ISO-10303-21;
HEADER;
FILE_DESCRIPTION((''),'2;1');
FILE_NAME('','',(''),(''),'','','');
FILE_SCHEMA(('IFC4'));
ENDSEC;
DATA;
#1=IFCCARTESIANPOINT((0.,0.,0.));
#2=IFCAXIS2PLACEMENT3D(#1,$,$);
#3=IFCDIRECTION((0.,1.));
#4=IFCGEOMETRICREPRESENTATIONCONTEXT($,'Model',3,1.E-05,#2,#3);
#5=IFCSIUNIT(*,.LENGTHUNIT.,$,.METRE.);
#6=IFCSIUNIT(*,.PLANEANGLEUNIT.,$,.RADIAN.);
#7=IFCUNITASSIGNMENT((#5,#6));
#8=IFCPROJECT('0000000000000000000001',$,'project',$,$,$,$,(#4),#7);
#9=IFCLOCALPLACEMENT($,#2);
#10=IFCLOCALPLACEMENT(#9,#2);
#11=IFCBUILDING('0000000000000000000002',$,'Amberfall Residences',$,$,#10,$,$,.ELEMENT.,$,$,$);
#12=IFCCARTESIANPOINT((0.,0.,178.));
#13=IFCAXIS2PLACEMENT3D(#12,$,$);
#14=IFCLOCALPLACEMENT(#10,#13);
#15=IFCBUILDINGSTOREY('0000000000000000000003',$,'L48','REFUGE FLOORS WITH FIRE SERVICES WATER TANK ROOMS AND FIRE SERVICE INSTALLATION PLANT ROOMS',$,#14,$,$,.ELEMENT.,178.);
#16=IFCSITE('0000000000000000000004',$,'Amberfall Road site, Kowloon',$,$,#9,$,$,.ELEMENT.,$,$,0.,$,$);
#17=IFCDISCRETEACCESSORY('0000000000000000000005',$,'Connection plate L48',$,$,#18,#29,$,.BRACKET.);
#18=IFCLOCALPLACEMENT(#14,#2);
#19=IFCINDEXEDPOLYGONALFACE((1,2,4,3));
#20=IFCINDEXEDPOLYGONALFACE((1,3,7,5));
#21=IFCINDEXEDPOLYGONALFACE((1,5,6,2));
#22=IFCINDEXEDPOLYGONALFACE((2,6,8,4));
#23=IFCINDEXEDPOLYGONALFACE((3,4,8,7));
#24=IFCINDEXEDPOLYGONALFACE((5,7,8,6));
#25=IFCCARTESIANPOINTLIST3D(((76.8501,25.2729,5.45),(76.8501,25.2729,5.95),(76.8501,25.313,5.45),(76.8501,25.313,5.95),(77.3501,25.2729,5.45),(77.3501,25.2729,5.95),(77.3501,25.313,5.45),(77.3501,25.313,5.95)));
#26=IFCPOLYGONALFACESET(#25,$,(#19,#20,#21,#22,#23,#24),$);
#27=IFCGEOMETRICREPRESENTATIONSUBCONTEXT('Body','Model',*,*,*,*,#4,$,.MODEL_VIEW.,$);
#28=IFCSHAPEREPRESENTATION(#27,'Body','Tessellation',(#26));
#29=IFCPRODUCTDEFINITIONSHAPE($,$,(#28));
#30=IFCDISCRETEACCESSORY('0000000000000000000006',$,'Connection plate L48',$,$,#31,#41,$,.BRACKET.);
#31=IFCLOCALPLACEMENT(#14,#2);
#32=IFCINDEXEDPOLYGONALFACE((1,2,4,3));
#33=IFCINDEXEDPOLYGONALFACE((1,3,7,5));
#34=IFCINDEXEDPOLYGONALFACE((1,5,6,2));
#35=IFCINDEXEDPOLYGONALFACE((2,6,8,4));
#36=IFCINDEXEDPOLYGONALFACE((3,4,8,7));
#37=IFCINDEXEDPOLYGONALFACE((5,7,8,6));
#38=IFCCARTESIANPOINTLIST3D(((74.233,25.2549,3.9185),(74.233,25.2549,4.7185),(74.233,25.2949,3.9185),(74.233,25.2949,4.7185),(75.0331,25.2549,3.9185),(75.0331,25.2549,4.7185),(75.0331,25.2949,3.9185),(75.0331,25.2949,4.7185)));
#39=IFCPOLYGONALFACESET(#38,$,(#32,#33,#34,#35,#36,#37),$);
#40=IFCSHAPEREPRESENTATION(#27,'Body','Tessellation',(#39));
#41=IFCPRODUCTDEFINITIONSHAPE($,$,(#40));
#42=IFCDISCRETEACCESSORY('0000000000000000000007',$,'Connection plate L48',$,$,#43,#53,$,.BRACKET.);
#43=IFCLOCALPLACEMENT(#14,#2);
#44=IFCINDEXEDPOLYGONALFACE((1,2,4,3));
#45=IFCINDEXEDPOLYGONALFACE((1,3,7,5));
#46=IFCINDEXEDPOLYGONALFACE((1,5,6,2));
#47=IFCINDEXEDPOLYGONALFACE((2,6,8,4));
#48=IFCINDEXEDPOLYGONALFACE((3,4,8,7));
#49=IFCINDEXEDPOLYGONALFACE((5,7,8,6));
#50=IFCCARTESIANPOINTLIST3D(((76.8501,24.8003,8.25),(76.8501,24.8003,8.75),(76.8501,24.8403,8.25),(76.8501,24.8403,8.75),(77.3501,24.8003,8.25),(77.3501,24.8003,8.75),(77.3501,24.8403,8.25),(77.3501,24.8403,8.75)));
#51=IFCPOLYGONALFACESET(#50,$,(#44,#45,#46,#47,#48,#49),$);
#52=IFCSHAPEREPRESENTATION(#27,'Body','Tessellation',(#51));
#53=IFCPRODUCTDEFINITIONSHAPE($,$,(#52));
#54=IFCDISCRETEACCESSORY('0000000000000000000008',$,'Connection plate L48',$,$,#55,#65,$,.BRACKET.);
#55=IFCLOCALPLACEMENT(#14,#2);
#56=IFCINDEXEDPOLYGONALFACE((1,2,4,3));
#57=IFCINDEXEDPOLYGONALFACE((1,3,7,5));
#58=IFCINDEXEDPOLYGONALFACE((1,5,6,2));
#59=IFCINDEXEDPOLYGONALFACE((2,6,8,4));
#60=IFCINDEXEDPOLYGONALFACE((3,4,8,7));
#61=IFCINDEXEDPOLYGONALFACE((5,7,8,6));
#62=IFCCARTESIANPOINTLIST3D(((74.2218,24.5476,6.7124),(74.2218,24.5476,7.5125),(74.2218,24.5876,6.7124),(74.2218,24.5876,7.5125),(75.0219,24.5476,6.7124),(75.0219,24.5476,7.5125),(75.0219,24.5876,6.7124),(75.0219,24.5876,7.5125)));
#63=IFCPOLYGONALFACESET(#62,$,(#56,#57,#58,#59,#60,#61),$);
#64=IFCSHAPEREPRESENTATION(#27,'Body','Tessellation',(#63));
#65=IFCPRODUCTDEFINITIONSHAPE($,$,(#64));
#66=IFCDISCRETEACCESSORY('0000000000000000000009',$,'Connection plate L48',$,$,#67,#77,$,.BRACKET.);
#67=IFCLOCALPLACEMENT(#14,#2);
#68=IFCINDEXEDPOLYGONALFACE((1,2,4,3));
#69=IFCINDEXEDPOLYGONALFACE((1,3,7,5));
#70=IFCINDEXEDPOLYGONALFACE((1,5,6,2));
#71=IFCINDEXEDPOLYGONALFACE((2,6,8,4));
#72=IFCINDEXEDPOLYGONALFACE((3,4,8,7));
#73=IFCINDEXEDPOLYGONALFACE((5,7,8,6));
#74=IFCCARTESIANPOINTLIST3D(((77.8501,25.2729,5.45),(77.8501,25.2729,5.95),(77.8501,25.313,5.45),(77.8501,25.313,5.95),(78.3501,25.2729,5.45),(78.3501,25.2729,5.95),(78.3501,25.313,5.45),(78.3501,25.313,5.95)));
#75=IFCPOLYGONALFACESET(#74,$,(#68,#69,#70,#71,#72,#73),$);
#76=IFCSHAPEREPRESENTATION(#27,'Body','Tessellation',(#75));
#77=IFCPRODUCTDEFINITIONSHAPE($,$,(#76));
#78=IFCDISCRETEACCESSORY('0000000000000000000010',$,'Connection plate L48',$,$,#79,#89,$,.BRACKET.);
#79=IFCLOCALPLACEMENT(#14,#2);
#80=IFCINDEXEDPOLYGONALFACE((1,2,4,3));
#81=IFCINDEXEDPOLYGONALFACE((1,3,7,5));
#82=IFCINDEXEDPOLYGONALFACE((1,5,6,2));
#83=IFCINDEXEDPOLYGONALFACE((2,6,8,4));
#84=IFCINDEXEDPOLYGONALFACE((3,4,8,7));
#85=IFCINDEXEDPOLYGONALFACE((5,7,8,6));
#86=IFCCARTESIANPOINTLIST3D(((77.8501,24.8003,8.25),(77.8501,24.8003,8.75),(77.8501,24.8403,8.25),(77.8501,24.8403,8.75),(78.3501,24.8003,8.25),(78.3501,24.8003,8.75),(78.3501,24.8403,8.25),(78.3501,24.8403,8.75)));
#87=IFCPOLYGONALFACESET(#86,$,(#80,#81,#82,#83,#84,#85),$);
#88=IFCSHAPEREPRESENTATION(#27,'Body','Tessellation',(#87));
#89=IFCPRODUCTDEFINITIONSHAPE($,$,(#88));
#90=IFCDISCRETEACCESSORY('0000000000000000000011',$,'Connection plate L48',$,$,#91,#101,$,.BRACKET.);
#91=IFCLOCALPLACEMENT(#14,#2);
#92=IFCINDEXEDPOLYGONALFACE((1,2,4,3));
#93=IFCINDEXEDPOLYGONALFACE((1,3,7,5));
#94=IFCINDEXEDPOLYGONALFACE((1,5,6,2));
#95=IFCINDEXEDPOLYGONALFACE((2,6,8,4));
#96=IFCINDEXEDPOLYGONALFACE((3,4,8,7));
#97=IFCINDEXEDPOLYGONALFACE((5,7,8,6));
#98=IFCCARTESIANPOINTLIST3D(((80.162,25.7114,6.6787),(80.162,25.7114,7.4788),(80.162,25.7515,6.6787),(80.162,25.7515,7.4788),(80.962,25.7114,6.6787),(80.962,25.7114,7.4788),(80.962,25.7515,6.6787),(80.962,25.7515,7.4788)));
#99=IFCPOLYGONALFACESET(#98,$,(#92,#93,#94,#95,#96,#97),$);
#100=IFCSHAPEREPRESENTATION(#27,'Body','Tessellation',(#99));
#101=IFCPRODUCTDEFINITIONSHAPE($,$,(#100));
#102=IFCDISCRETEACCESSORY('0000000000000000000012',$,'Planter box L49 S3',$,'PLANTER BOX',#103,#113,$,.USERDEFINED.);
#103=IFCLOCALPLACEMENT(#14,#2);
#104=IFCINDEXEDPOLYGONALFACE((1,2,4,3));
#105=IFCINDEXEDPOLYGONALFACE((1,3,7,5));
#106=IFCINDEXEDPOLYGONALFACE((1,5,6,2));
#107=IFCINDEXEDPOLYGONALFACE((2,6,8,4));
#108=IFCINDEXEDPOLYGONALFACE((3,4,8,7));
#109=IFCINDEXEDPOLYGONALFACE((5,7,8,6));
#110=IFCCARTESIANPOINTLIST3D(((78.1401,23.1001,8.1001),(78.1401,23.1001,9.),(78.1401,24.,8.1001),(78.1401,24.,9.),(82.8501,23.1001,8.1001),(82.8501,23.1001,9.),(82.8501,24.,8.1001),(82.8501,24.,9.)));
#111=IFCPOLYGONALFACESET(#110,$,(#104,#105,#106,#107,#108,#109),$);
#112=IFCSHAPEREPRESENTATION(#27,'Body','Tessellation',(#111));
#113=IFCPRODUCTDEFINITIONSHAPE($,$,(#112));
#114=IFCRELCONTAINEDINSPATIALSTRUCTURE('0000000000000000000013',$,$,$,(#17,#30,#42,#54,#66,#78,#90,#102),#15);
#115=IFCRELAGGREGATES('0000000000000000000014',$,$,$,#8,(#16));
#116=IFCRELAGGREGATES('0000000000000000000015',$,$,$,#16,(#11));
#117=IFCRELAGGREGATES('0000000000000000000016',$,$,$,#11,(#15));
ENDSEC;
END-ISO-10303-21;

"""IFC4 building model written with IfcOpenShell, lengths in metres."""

from ifc_helpers import new_model, si_unit, direction, frame, origin, origin_2d, place, context, subcontext, project, spatial, rectangle, extrude, element, save


model = new_model("IFC4")

# Units and contexts
model_context = context("Model", 3, precision=1e-05, world=origin(), true_north=direction((0.0, 1.0)))
body_context = subcontext(model_context, "Body", "Model", "MODEL_VIEW")
ifc_project = project(units=[si_unit("LENGTHUNIT", "METRE"), si_unit("PLANEANGLEUNIT", "RADIAN")], contexts=[model_context])

# Site, building, storey
site_placement = place(None, origin())
site = spatial("IfcSite", under=ifc_project, at=site_placement, Name="Amberfall Road site, Kowloon", CompositionType="ELEMENT", RefElevation=0.0)
building_placement = place(site_placement, origin())
building = spatial("IfcBuilding", under=site, at=building_placement, Name="Amberfall Residences", CompositionType="ELEMENT")
storey_placement = place(building_placement, frame((0.0, 0.0, 178.0)))
storey = spatial("IfcBuildingStorey", under=building, at=storey_placement, Name="L48", Description="REFUGE FLOORS WITH FIRE SERVICES WATER TANK ROOMS AND FIRE SERVICE INSTALLATION PLANT ROOMS", CompositionType="ELEMENT", Elevation=178.0)

# Discrete accessories
for number, where, z_axis, x_axis, name in (
    (1, (77.1001, 25.293, 5.45), (0.0, 0.0, 1.0), (1.0, 0.0, 0.0), "Connection plate L48"),
):
    element("IfcDiscreteAccessory", number, at=place(storey_placement, frame(where, z_axis=z_axis, x_axis=x_axis)), inside=storey, Name=name, PredefinedType="BRACKET", context=body_context, shape_type="SweptSolid", body=[
        extrude(rectangle(XDim=0.5, YDim=0.04, at=origin_2d()), origin(), (0.0, 0.0, 1.0), 0.5),
    ])
discrete_accessory_1_placement = place(storey_placement, frame((74.6331, 25.2749, 3.9185), z_axis=(0.0, 0.0, 1.0), x_axis=(1.0, 0.0, 0.0)))
element("IfcDiscreteAccessory", 2, at=discrete_accessory_1_placement, inside=storey, Name="Connection plate L48", PredefinedType="BRACKET", context=body_context, shape_type="SweptSolid", body=[
    extrude(rectangle(XDim=0.8, YDim=0.04, at=origin_2d()), origin(), (0.0, 0.0, 1.0), 0.8),
])
discrete_accessory_2_placement = place(storey_placement, frame((77.1001, 24.8203, 8.25), z_axis=(0.0, 0.0, 1.0), x_axis=(1.0, 0.0, 0.0)))
element("IfcDiscreteAccessory", 3, at=discrete_accessory_2_placement, inside=storey, Name="Connection plate L48", PredefinedType="BRACKET", context=body_context, shape_type="SweptSolid", body=[
    extrude(rectangle(XDim=0.5, YDim=0.04, at=origin_2d()), origin(), (0.0, 0.0, 1.0), 0.5),
])
discrete_accessory_3_placement = place(storey_placement, frame((74.6218, 24.5676, 6.7124), z_axis=(0.0, 0.0, 1.0), x_axis=(1.0, 0.0, 0.0)))
element("IfcDiscreteAccessory", 4, at=discrete_accessory_3_placement, inside=storey, Name="Connection plate L48", PredefinedType="BRACKET", context=body_context, shape_type="SweptSolid", body=[
    extrude(rectangle(XDim=0.8, YDim=0.04, at=origin_2d()), origin(), (0.0, 0.0, 1.0), 0.8),
])
for number, where, z_axis, x_axis, name in (
    (5, (78.1001, 25.293, 5.45), (0.0, 0.0, 1.0), (1.0, 0.0, 0.0), "Connection plate L48"),
    (6, (78.1001, 24.8203, 8.25), (0.0, 0.0, 1.0), (1.0, 0.0, 0.0), "Connection plate L48"),
):
    element("IfcDiscreteAccessory", number, at=place(storey_placement, frame(where, z_axis=z_axis, x_axis=x_axis)), inside=storey, Name=name, PredefinedType="BRACKET", context=body_context, shape_type="SweptSolid", body=[
        extrude(rectangle(XDim=0.5, YDim=0.04, at=origin_2d()), origin(), (0.0, 0.0, 1.0), 0.5),
    ])
discrete_accessory_4_placement = place(storey_placement, frame((80.562, 25.7314, 6.6787), z_axis=(0.0, 0.0, 1.0), x_axis=(1.0, 0.0, 0.0)))
element("IfcDiscreteAccessory", 7, at=discrete_accessory_4_placement, inside=storey, Name="Connection plate L48", PredefinedType="BRACKET", context=body_context, shape_type="SweptSolid", body=[
    extrude(rectangle(XDim=0.8, YDim=0.04, at=origin_2d()), origin(), (0.0, 0.0, 1.0), 0.8),
])
discrete_accessory_5_placement = place(storey_placement, frame((80.4951, 23.55, 8.1001), z_axis=(0.0, 0.0, 1.0), x_axis=(1.0, 0.0, 0.0)))
element("IfcDiscreteAccessory", 8, at=discrete_accessory_5_placement, inside=storey, Name="Planter box L49 S3", ObjectType="PLANTER BOX", PredefinedType="USERDEFINED", context=body_context, shape_type="SweptSolid", body=[
    extrude(rectangle(XDim=4.71, YDim=0.8999, at=origin_2d()), origin(), (0.0, 0.0, 1.0), 0.8999),
])

save(model, "model.ifc")
